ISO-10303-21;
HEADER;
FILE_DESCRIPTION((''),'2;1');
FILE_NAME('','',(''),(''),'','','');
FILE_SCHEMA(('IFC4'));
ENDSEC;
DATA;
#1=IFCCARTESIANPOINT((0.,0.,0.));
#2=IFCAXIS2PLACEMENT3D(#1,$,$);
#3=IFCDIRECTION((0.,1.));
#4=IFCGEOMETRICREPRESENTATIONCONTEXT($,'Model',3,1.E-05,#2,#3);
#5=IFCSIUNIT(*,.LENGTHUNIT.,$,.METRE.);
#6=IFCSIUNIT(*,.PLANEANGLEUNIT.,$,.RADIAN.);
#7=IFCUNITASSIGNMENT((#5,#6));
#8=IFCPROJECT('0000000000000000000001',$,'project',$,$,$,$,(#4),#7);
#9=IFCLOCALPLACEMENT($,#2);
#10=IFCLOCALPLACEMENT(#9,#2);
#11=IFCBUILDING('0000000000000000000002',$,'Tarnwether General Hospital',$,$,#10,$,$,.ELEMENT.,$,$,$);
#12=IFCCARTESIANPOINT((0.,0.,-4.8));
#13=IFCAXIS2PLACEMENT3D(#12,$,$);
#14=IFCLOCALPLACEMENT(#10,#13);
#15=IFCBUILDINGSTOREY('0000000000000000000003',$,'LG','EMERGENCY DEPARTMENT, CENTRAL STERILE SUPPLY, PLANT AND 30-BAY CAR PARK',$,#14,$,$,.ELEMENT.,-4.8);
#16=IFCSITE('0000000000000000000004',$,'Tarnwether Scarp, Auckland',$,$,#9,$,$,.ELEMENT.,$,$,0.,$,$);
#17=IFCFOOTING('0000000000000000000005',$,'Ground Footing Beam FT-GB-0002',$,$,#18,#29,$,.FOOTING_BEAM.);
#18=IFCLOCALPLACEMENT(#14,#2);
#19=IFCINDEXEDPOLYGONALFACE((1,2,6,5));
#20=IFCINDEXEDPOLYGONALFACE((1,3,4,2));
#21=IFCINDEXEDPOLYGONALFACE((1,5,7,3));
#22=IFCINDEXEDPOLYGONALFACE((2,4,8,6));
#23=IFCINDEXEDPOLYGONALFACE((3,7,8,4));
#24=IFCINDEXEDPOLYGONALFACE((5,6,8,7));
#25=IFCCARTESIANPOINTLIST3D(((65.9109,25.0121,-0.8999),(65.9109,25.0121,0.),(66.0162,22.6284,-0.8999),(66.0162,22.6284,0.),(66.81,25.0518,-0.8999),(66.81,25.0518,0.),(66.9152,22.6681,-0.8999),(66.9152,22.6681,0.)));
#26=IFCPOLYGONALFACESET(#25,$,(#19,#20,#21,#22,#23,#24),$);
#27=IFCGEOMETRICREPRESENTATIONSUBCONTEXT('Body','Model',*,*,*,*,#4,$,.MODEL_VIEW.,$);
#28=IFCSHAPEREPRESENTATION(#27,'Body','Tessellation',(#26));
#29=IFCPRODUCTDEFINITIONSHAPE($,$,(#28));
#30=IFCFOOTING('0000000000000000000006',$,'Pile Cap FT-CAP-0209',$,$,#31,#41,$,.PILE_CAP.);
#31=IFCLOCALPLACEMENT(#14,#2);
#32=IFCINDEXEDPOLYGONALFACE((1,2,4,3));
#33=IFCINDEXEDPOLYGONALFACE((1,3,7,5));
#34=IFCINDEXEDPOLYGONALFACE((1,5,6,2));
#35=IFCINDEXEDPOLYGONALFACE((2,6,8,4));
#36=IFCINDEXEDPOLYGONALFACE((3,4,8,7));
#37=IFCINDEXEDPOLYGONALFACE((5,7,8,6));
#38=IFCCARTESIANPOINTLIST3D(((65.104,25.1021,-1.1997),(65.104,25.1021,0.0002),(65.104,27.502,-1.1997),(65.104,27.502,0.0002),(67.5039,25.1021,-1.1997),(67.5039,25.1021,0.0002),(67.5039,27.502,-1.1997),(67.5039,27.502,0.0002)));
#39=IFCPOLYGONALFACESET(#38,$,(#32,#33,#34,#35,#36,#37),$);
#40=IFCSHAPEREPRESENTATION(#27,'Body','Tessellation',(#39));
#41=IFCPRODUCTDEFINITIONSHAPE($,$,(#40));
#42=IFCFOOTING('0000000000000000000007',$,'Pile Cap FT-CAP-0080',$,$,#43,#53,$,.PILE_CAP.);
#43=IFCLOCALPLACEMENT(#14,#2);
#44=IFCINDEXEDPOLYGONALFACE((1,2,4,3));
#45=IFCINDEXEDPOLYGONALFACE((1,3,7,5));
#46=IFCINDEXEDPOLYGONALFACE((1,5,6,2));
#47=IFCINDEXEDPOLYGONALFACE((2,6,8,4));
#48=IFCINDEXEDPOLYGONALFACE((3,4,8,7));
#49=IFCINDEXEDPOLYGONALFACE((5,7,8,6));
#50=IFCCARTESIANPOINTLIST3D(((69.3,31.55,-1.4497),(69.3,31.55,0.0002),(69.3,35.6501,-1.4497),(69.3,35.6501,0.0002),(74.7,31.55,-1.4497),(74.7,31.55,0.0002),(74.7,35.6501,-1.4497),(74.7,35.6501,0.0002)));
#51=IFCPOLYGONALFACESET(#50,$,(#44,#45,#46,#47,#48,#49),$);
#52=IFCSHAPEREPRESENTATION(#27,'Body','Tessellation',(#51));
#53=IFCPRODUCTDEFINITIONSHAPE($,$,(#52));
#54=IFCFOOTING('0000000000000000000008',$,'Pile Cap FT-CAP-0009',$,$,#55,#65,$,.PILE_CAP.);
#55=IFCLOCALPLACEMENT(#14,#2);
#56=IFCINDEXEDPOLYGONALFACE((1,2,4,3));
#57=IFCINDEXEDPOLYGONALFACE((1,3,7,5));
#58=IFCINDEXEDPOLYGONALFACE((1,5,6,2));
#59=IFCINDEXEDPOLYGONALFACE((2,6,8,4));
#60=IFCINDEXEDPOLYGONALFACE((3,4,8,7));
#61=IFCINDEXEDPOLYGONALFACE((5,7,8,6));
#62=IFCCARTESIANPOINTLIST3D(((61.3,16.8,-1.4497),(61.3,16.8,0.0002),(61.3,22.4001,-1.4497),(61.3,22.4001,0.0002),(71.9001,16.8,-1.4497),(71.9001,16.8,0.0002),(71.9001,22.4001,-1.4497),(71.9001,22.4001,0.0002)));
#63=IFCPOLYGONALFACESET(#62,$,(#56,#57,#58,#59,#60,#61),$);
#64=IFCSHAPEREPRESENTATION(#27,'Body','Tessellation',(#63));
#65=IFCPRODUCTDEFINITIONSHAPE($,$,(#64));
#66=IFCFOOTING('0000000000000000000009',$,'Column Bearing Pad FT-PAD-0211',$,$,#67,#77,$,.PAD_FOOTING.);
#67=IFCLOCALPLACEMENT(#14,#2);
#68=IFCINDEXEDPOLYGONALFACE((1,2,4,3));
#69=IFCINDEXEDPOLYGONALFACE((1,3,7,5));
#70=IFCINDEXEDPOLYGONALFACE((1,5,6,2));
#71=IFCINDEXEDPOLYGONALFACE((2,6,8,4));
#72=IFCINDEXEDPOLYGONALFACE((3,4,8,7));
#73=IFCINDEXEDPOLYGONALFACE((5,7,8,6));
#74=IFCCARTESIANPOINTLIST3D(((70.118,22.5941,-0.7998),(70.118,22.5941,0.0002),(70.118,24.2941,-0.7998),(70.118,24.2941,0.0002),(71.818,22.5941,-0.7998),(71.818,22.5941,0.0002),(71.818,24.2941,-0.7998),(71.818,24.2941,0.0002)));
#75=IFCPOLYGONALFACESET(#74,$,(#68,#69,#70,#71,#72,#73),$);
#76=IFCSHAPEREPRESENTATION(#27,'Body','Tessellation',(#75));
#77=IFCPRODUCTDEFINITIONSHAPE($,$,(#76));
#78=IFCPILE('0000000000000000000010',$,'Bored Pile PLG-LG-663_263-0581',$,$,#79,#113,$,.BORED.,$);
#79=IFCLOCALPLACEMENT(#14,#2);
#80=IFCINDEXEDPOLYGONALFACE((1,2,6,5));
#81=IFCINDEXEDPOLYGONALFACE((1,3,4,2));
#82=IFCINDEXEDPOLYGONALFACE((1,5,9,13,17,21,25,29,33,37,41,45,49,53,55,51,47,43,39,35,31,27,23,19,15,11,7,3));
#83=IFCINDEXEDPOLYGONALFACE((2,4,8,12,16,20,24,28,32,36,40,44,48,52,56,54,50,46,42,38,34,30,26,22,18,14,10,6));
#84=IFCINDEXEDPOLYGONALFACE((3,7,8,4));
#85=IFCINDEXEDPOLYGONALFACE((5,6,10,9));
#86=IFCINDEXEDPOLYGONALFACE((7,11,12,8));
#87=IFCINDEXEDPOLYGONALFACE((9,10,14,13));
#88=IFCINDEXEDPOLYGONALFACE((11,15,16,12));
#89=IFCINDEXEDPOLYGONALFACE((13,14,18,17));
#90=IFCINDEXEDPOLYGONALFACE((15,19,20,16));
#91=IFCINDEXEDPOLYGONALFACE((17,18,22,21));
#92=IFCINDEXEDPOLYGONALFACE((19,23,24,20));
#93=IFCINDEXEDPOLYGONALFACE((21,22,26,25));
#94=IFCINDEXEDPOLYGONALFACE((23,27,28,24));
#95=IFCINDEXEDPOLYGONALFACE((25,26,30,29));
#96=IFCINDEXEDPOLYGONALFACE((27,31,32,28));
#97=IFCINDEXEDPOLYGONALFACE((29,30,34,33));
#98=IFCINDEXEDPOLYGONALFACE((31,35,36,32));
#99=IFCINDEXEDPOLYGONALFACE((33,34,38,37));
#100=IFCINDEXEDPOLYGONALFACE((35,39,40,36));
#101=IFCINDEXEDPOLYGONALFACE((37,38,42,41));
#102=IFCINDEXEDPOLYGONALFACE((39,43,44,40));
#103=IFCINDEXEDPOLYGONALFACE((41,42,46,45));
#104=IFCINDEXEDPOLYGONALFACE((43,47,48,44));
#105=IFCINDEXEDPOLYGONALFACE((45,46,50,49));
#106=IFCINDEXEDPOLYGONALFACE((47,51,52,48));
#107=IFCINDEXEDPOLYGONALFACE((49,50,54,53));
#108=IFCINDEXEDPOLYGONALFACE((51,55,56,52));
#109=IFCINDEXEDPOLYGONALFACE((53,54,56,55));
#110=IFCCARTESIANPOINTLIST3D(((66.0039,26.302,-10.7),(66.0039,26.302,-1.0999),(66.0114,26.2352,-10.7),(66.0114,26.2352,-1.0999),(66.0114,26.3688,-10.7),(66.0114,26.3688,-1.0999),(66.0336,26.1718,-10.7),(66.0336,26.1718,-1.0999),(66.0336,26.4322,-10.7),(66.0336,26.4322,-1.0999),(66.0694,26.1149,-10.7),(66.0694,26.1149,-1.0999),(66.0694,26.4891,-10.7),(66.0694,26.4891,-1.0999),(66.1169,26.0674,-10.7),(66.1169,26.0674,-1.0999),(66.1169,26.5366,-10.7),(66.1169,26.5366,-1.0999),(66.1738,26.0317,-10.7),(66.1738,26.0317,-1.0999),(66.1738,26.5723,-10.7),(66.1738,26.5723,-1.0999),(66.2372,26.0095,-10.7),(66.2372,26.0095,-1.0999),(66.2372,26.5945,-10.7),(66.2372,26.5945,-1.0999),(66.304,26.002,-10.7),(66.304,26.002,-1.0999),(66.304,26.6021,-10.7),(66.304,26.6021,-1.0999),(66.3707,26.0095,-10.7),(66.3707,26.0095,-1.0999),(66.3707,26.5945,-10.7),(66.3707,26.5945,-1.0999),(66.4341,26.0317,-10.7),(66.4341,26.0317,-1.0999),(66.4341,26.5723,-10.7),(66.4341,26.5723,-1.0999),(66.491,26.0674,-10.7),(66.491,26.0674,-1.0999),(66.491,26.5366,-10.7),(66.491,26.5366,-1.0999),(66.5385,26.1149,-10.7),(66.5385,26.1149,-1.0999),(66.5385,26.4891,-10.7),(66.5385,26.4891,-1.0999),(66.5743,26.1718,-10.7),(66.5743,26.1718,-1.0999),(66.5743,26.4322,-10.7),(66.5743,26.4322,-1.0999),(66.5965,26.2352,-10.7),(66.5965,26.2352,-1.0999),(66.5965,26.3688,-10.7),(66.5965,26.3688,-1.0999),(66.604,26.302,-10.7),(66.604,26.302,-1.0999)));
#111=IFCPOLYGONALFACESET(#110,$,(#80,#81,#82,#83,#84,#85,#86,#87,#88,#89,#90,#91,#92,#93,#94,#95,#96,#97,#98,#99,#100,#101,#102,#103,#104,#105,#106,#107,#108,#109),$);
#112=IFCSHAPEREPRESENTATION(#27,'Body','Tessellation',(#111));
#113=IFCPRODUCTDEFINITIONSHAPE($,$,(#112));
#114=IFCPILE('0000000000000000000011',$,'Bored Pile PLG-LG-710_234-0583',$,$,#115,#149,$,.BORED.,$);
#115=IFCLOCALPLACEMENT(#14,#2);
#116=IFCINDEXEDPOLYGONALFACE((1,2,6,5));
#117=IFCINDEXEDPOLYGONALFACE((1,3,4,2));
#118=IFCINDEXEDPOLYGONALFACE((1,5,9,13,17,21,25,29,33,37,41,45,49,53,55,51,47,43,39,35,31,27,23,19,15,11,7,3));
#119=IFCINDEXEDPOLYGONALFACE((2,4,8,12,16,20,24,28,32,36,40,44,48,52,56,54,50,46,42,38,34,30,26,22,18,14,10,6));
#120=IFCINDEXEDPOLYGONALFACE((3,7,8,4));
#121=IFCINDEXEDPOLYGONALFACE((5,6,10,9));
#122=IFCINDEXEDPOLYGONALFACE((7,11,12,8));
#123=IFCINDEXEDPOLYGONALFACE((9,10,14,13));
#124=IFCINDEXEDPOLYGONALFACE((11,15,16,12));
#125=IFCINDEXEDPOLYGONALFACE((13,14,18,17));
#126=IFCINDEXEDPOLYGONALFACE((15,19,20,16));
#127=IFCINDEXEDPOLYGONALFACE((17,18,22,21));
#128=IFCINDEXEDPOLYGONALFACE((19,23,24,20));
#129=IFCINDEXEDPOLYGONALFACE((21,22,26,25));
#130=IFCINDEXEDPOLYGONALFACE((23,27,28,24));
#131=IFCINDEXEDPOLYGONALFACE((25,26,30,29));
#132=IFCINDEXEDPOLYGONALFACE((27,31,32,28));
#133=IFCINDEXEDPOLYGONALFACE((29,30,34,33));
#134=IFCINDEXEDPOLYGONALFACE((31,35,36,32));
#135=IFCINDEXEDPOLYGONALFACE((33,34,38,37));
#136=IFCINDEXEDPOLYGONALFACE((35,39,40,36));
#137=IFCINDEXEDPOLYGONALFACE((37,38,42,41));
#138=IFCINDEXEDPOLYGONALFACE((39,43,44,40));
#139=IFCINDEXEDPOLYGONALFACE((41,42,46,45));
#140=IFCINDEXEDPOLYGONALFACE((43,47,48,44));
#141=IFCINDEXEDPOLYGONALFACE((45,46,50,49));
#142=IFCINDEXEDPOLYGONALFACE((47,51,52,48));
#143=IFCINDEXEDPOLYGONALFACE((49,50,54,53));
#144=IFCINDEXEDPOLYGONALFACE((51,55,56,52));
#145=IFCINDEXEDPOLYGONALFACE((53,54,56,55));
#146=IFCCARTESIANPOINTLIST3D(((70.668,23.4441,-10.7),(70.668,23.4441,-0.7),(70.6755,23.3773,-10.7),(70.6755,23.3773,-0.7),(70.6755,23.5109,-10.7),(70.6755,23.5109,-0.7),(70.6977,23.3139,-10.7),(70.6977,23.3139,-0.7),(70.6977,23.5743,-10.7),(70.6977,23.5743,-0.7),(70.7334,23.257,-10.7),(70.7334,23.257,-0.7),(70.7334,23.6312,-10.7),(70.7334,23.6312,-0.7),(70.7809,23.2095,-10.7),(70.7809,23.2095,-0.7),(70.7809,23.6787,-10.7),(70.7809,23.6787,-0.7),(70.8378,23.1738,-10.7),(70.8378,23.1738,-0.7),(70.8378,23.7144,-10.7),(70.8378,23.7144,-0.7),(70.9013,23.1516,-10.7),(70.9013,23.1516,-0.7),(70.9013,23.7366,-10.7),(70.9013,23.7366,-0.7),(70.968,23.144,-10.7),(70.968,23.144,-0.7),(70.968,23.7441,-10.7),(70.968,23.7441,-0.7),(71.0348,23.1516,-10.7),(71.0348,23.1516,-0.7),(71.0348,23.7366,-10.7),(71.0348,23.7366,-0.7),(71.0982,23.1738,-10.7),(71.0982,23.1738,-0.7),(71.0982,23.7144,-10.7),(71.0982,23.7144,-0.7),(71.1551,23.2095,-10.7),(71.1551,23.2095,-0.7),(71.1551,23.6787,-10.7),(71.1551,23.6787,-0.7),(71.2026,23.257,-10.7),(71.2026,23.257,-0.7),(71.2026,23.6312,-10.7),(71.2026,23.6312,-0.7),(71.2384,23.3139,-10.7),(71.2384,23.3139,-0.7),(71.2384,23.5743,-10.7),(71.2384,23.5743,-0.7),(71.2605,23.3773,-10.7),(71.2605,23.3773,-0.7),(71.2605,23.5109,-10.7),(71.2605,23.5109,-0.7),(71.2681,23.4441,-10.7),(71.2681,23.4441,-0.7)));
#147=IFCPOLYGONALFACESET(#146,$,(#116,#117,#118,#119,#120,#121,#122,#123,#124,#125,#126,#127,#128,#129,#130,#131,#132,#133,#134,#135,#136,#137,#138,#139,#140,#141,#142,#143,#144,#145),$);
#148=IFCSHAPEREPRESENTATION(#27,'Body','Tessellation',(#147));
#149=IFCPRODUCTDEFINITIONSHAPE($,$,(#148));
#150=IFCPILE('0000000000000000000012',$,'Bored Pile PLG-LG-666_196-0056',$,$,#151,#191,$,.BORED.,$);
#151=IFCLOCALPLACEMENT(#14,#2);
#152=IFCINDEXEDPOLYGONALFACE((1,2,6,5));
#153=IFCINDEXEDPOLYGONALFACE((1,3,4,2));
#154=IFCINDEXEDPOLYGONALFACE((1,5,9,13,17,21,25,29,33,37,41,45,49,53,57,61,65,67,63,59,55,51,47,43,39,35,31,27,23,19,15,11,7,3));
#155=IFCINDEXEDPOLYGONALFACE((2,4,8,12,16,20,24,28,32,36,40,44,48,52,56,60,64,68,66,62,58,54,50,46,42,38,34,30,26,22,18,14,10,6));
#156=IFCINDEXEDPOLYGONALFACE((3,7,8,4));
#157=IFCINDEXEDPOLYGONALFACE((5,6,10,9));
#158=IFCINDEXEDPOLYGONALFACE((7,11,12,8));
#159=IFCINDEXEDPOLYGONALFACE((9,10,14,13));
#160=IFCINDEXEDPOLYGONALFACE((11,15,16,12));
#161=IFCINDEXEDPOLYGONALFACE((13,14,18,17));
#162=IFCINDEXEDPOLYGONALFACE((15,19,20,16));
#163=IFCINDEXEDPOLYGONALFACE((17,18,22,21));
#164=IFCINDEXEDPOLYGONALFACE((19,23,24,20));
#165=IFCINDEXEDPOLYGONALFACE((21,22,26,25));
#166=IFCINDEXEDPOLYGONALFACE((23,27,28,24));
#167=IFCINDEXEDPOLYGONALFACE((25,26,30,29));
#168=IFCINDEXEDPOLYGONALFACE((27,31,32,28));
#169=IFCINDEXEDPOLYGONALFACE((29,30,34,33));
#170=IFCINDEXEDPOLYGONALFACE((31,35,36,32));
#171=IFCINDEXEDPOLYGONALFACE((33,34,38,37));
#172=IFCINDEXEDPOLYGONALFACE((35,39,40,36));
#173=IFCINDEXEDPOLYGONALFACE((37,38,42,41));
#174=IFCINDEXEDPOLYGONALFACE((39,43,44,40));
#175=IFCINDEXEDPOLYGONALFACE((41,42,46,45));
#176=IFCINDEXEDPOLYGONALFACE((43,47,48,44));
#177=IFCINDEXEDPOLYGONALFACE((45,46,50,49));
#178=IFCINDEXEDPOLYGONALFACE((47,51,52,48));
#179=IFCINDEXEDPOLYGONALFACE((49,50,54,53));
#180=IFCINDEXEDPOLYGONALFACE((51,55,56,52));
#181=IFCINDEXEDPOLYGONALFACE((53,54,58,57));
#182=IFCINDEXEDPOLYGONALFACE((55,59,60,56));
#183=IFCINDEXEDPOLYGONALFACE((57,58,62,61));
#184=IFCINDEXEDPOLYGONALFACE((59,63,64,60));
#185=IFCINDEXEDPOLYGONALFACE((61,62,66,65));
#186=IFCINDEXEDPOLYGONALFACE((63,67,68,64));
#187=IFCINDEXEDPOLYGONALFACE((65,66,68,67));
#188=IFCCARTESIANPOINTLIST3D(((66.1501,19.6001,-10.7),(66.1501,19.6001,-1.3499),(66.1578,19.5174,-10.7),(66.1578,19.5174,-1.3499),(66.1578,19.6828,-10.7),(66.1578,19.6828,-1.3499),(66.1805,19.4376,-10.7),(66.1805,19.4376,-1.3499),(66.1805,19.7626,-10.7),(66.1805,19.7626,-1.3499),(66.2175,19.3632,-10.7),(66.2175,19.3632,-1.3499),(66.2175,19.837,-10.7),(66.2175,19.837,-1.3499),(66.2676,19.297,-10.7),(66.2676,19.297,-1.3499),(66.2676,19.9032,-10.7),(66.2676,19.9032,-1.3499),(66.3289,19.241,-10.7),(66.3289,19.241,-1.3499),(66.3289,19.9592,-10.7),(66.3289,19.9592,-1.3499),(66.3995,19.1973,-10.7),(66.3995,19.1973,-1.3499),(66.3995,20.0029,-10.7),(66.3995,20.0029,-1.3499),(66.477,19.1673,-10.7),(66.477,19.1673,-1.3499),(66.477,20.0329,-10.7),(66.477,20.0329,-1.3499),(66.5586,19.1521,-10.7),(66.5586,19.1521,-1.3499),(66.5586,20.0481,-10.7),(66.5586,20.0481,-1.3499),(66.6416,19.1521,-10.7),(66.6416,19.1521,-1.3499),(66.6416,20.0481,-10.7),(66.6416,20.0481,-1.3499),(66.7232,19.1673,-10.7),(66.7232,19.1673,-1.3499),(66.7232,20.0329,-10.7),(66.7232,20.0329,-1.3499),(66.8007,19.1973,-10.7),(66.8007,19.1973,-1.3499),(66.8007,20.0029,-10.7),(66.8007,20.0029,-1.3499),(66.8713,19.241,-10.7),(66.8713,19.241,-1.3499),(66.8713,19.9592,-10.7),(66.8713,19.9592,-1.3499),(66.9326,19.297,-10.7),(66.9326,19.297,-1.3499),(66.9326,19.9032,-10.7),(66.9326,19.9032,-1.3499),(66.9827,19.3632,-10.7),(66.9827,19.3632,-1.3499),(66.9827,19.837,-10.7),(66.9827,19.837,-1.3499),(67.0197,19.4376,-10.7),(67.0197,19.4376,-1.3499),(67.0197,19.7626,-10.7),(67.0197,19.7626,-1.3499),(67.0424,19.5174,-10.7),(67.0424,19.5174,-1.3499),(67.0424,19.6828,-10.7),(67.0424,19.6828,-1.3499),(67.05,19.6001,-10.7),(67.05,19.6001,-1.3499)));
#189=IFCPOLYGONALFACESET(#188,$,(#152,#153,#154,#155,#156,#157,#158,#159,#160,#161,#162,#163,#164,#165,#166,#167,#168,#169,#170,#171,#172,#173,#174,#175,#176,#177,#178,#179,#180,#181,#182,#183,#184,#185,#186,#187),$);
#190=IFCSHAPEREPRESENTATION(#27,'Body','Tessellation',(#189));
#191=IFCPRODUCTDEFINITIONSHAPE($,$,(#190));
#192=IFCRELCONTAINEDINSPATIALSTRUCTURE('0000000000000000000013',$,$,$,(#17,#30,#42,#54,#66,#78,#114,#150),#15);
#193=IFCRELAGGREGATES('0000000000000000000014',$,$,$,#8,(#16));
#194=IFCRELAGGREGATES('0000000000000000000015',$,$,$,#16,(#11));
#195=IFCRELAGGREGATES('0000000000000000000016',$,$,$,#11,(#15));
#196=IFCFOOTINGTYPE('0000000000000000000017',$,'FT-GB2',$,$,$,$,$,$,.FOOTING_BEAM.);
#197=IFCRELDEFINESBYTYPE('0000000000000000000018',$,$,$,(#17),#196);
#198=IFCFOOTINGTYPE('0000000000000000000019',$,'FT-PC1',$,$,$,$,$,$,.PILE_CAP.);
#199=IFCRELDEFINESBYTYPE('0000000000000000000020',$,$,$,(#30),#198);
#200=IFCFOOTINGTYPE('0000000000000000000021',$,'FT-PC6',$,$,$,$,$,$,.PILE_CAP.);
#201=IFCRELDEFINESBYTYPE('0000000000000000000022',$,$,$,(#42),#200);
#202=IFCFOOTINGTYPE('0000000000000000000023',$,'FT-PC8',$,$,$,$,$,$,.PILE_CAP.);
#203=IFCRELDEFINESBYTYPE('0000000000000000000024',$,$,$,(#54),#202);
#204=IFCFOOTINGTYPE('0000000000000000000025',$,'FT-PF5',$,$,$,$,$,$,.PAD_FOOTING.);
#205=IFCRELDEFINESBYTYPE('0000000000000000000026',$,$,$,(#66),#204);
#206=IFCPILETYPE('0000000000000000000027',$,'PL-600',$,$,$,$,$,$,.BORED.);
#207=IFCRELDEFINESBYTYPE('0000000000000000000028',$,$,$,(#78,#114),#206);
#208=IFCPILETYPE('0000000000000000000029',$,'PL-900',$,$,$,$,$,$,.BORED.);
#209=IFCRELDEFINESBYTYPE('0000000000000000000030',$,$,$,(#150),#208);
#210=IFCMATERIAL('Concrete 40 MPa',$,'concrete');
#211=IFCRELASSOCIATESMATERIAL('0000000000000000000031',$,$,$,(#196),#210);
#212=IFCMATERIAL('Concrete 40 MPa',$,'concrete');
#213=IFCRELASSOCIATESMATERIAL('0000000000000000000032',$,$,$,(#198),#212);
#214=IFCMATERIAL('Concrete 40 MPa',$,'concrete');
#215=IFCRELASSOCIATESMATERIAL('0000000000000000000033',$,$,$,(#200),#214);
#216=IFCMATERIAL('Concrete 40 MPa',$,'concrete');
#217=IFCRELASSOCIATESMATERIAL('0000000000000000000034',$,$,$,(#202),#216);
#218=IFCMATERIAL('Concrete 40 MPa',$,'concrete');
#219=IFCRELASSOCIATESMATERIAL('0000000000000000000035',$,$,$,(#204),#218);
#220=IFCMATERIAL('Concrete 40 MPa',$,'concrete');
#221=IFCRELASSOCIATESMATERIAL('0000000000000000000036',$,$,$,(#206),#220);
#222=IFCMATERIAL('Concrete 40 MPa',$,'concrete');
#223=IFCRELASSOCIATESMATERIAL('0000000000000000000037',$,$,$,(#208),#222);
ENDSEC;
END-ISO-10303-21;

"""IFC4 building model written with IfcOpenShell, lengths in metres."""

from ifc_helpers import new_model, si_unit, direction, frame, origin, origin_2d, place, context, subcontext, project, spatial, rectangle, circle, extrude, material, material_profile, profile_set, type_object, element, save


model = new_model("IFC4")

# Units and contexts
model_context = context("Model", 3, precision=1e-05, world=origin(), true_north=direction((0.0, 1.0)))
body_context = subcontext(model_context, "Body", "Model", "MODEL_VIEW")
ifc_project = project(units=[si_unit("LENGTHUNIT", "METRE"), si_unit("PLANEANGLEUNIT", "RADIAN")], contexts=[model_context])

# Site, building, storey
site_placement = place(None, origin())
site = spatial("IfcSite", under=ifc_project, at=site_placement, Name="Tarnwether Scarp, Auckland", CompositionType="ELEMENT", RefElevation=0.0)
building_placement = place(site_placement, origin())
building = spatial("IfcBuilding", under=site, at=building_placement, Name="Tarnwether General Hospital", CompositionType="ELEMENT")
storey_placement = place(building_placement, frame((0.0, 0.0, -4.8)))
storey = spatial("IfcBuildingStorey", under=building, at=storey_placement, Name="LG", Description="EMERGENCY DEPARTMENT, CENTRAL STERILE SUPPLY, PLANT AND 30-BAY CAR PARK", CompositionType="ELEMENT", Elevation=-4.8)

# Footings
ifc_material_1 = material(Name="Concrete 40 MPa", Category="concrete")
footing_type_1 = type_object("IfcFootingType", Name="FT-GB2", PredefinedType="FOOTING_BEAM", material=ifc_material_1)
footing_1_placement = place(storey_placement, frame((66.4131, 23.8401, -0.8999), z_axis=(0.0, 0.0, 1.0), x_axis=(-0.044125, 0.999026, 0.0)))
element("IfcFooting", 1, at=footing_1_placement, inside=storey, type_object=footing_type_1, Name="Ground Footing Beam FT-GB-0002", PredefinedType="FOOTING_BEAM", context=body_context, shape_type="SweptSolid", body=[
    extrude(rectangle(XDim=2.386, YDim=0.8999, at=origin_2d()), origin(), (0.0, 0.0, 1.0), 0.8999),
])
ifc_material_2 = material(Name="Concrete 40 MPa", Category="concrete")
footing_type_2 = type_object("IfcFootingType", Name="FT-PC1", PredefinedType="PILE_CAP", material=ifc_material_2)
footing_2_placement = place(storey_placement, frame((66.304, 26.302, -1.1997), z_axis=(0.0, 0.0, 1.0), x_axis=(1.0, 0.0, 0.0)))
element("IfcFooting", 2, at=footing_2_placement, inside=storey, type_object=footing_type_2, Name="Pile Cap FT-CAP-0209", PredefinedType="PILE_CAP", context=body_context, shape_type="SweptSolid", body=[
    extrude(rectangle(XDim=2.3999, YDim=2.3999, at=origin_2d()), origin(), (0.0, 0.0, 1.0), 1.2),
])
ifc_material_3 = material(Name="Concrete 40 MPa", Category="concrete")
footing_type_3 = type_object("IfcFootingType", Name="FT-PC6", PredefinedType="PILE_CAP", material=ifc_material_3)
footing_3_placement = place(storey_placement, frame((72.0, 33.6001, -1.4497), z_axis=(0.0, 0.0, 1.0), x_axis=(1.0, 0.0, 0.0)))
element("IfcFooting", 3, at=footing_3_placement, inside=storey, type_object=footing_type_3, Name="Pile Cap FT-CAP-0080", PredefinedType="PILE_CAP", context=body_context, shape_type="SweptSolid", body=[
    extrude(rectangle(XDim=5.3999, YDim=4.1001, at=origin_2d()), origin(), (0.0, 0.0, 1.0), 1.45),
])
ifc_material_4 = material(Name="Concrete 40 MPa", Category="concrete")
footing_type_4 = type_object("IfcFootingType", Name="FT-PC8", PredefinedType="PILE_CAP", material=ifc_material_4)
footing_4_placement = place(storey_placement, frame((66.6001, 19.6001, -1.4497), z_axis=(0.0, 0.0, 1.0), x_axis=(1.0, 0.0, 0.0)))
element("IfcFooting", 4, at=footing_4_placement, inside=storey, type_object=footing_type_4, Name="Pile Cap FT-CAP-0009", PredefinedType="PILE_CAP", context=body_context, shape_type="SweptSolid", body=[
    extrude(rectangle(XDim=10.6001, YDim=5.6001, at=origin_2d()), origin(), (0.0, 0.0, 1.0), 1.45),
])
ifc_material_5 = material(Name="Concrete 40 MPa", Category="concrete")
footing_type_5 = type_object("IfcFootingType", Name="FT-PF5", PredefinedType="PAD_FOOTING", material=ifc_material_5)
footing_5_placement = place(storey_placement, frame((70.968, 23.4441, -0.7998), z_axis=(0.0, 0.0, 1.0), x_axis=(1.0, 0.0, 0.0)))
element("IfcFooting", 5, at=footing_5_placement, inside=storey, type_object=footing_type_5, Name="Column Bearing Pad FT-PAD-0211", PredefinedType="PAD_FOOTING", context=body_context, shape_type="SweptSolid", body=[
    extrude(rectangle(XDim=1.7, YDim=1.7, at=origin_2d()), origin(), (0.0, 0.0, 1.0), 0.8),
])

# Piles
ifc_material_6 = material(Name="Concrete 40 MPa", Category="concrete")
ifc_material_profile_1 = material_profile(ifc_material_6, circle(Radius=0.3, at=origin_2d()), Name="PILE-D600")
ifc_profile_set_1 = profile_set([ifc_material_profile_1], Name="Concrete 40 MPa")
pile_type_1 = type_object("IfcPileType", Name="PL-600", PredefinedType="BORED", material=ifc_profile_set_1)
pile_1_placement = place(storey_placement, frame((66.304, 26.302, -1.0999), z_axis=(0.0, 0.0, -1.0), x_axis=(1.0, 0.0, 0.0)))
element("IfcPile", 6, at=pile_1_placement, inside=storey, type_object=pile_type_1, Name="Bored Pile PLG-LG-663_263-0581", PredefinedType="BORED", context=body_context, shape_type="SweptSolid", body=[
    extrude(circle(Radius=0.3, at=origin_2d()), origin(), (0.0, 0.0, 1.0), 9.6001),
])
pile_2_placement = place(storey_placement, frame((70.968, 23.4441, -0.7), z_axis=(0.0, 0.0, -1.0), x_axis=(1.0, 0.0, 0.0)))
element("IfcPile", 7, at=pile_2_placement, inside=storey, type_object=pile_type_1, Name="Bored Pile PLG-LG-710_234-0583", PredefinedType="BORED", context=body_context, shape_type="SweptSolid", body=[
    extrude(circle(Radius=0.3, at=origin_2d()), origin(), (0.0, 0.0, 1.0), 10.0),
])
ifc_material_7 = material(Name="Concrete 40 MPa", Category="concrete")
ifc_material_profile_2 = material_profile(ifc_material_7, circle(Radius=0.45, at=origin_2d()), Name="PILE-D900")
ifc_profile_set_2 = profile_set([ifc_material_profile_2], Name="Concrete 40 MPa")
pile_type_2 = type_object("IfcPileType", Name="PL-900", PredefinedType="BORED", material=ifc_profile_set_2)
for number, where, z_axis, x_axis, name in (
    (8, (66.6001, 19.6001, -1.3499), (0.0, 0.0, -1.0), (1.0, 0.0, 0.0), "Bored Pile PLG-LG-666_196-0056"),
):
    element("IfcPile", number, at=place(storey_placement, frame(where, z_axis=z_axis, x_axis=x_axis)), inside=storey, type_object=pile_type_2, Name=name, PredefinedType="BORED", context=body_context, shape_type="SweptSolid", body=[
        extrude(circle(Radius=0.45, at=origin_2d()), origin(), (0.0, 0.0, 1.0), 9.3501),
    ])

save(model, "model.ifc")
